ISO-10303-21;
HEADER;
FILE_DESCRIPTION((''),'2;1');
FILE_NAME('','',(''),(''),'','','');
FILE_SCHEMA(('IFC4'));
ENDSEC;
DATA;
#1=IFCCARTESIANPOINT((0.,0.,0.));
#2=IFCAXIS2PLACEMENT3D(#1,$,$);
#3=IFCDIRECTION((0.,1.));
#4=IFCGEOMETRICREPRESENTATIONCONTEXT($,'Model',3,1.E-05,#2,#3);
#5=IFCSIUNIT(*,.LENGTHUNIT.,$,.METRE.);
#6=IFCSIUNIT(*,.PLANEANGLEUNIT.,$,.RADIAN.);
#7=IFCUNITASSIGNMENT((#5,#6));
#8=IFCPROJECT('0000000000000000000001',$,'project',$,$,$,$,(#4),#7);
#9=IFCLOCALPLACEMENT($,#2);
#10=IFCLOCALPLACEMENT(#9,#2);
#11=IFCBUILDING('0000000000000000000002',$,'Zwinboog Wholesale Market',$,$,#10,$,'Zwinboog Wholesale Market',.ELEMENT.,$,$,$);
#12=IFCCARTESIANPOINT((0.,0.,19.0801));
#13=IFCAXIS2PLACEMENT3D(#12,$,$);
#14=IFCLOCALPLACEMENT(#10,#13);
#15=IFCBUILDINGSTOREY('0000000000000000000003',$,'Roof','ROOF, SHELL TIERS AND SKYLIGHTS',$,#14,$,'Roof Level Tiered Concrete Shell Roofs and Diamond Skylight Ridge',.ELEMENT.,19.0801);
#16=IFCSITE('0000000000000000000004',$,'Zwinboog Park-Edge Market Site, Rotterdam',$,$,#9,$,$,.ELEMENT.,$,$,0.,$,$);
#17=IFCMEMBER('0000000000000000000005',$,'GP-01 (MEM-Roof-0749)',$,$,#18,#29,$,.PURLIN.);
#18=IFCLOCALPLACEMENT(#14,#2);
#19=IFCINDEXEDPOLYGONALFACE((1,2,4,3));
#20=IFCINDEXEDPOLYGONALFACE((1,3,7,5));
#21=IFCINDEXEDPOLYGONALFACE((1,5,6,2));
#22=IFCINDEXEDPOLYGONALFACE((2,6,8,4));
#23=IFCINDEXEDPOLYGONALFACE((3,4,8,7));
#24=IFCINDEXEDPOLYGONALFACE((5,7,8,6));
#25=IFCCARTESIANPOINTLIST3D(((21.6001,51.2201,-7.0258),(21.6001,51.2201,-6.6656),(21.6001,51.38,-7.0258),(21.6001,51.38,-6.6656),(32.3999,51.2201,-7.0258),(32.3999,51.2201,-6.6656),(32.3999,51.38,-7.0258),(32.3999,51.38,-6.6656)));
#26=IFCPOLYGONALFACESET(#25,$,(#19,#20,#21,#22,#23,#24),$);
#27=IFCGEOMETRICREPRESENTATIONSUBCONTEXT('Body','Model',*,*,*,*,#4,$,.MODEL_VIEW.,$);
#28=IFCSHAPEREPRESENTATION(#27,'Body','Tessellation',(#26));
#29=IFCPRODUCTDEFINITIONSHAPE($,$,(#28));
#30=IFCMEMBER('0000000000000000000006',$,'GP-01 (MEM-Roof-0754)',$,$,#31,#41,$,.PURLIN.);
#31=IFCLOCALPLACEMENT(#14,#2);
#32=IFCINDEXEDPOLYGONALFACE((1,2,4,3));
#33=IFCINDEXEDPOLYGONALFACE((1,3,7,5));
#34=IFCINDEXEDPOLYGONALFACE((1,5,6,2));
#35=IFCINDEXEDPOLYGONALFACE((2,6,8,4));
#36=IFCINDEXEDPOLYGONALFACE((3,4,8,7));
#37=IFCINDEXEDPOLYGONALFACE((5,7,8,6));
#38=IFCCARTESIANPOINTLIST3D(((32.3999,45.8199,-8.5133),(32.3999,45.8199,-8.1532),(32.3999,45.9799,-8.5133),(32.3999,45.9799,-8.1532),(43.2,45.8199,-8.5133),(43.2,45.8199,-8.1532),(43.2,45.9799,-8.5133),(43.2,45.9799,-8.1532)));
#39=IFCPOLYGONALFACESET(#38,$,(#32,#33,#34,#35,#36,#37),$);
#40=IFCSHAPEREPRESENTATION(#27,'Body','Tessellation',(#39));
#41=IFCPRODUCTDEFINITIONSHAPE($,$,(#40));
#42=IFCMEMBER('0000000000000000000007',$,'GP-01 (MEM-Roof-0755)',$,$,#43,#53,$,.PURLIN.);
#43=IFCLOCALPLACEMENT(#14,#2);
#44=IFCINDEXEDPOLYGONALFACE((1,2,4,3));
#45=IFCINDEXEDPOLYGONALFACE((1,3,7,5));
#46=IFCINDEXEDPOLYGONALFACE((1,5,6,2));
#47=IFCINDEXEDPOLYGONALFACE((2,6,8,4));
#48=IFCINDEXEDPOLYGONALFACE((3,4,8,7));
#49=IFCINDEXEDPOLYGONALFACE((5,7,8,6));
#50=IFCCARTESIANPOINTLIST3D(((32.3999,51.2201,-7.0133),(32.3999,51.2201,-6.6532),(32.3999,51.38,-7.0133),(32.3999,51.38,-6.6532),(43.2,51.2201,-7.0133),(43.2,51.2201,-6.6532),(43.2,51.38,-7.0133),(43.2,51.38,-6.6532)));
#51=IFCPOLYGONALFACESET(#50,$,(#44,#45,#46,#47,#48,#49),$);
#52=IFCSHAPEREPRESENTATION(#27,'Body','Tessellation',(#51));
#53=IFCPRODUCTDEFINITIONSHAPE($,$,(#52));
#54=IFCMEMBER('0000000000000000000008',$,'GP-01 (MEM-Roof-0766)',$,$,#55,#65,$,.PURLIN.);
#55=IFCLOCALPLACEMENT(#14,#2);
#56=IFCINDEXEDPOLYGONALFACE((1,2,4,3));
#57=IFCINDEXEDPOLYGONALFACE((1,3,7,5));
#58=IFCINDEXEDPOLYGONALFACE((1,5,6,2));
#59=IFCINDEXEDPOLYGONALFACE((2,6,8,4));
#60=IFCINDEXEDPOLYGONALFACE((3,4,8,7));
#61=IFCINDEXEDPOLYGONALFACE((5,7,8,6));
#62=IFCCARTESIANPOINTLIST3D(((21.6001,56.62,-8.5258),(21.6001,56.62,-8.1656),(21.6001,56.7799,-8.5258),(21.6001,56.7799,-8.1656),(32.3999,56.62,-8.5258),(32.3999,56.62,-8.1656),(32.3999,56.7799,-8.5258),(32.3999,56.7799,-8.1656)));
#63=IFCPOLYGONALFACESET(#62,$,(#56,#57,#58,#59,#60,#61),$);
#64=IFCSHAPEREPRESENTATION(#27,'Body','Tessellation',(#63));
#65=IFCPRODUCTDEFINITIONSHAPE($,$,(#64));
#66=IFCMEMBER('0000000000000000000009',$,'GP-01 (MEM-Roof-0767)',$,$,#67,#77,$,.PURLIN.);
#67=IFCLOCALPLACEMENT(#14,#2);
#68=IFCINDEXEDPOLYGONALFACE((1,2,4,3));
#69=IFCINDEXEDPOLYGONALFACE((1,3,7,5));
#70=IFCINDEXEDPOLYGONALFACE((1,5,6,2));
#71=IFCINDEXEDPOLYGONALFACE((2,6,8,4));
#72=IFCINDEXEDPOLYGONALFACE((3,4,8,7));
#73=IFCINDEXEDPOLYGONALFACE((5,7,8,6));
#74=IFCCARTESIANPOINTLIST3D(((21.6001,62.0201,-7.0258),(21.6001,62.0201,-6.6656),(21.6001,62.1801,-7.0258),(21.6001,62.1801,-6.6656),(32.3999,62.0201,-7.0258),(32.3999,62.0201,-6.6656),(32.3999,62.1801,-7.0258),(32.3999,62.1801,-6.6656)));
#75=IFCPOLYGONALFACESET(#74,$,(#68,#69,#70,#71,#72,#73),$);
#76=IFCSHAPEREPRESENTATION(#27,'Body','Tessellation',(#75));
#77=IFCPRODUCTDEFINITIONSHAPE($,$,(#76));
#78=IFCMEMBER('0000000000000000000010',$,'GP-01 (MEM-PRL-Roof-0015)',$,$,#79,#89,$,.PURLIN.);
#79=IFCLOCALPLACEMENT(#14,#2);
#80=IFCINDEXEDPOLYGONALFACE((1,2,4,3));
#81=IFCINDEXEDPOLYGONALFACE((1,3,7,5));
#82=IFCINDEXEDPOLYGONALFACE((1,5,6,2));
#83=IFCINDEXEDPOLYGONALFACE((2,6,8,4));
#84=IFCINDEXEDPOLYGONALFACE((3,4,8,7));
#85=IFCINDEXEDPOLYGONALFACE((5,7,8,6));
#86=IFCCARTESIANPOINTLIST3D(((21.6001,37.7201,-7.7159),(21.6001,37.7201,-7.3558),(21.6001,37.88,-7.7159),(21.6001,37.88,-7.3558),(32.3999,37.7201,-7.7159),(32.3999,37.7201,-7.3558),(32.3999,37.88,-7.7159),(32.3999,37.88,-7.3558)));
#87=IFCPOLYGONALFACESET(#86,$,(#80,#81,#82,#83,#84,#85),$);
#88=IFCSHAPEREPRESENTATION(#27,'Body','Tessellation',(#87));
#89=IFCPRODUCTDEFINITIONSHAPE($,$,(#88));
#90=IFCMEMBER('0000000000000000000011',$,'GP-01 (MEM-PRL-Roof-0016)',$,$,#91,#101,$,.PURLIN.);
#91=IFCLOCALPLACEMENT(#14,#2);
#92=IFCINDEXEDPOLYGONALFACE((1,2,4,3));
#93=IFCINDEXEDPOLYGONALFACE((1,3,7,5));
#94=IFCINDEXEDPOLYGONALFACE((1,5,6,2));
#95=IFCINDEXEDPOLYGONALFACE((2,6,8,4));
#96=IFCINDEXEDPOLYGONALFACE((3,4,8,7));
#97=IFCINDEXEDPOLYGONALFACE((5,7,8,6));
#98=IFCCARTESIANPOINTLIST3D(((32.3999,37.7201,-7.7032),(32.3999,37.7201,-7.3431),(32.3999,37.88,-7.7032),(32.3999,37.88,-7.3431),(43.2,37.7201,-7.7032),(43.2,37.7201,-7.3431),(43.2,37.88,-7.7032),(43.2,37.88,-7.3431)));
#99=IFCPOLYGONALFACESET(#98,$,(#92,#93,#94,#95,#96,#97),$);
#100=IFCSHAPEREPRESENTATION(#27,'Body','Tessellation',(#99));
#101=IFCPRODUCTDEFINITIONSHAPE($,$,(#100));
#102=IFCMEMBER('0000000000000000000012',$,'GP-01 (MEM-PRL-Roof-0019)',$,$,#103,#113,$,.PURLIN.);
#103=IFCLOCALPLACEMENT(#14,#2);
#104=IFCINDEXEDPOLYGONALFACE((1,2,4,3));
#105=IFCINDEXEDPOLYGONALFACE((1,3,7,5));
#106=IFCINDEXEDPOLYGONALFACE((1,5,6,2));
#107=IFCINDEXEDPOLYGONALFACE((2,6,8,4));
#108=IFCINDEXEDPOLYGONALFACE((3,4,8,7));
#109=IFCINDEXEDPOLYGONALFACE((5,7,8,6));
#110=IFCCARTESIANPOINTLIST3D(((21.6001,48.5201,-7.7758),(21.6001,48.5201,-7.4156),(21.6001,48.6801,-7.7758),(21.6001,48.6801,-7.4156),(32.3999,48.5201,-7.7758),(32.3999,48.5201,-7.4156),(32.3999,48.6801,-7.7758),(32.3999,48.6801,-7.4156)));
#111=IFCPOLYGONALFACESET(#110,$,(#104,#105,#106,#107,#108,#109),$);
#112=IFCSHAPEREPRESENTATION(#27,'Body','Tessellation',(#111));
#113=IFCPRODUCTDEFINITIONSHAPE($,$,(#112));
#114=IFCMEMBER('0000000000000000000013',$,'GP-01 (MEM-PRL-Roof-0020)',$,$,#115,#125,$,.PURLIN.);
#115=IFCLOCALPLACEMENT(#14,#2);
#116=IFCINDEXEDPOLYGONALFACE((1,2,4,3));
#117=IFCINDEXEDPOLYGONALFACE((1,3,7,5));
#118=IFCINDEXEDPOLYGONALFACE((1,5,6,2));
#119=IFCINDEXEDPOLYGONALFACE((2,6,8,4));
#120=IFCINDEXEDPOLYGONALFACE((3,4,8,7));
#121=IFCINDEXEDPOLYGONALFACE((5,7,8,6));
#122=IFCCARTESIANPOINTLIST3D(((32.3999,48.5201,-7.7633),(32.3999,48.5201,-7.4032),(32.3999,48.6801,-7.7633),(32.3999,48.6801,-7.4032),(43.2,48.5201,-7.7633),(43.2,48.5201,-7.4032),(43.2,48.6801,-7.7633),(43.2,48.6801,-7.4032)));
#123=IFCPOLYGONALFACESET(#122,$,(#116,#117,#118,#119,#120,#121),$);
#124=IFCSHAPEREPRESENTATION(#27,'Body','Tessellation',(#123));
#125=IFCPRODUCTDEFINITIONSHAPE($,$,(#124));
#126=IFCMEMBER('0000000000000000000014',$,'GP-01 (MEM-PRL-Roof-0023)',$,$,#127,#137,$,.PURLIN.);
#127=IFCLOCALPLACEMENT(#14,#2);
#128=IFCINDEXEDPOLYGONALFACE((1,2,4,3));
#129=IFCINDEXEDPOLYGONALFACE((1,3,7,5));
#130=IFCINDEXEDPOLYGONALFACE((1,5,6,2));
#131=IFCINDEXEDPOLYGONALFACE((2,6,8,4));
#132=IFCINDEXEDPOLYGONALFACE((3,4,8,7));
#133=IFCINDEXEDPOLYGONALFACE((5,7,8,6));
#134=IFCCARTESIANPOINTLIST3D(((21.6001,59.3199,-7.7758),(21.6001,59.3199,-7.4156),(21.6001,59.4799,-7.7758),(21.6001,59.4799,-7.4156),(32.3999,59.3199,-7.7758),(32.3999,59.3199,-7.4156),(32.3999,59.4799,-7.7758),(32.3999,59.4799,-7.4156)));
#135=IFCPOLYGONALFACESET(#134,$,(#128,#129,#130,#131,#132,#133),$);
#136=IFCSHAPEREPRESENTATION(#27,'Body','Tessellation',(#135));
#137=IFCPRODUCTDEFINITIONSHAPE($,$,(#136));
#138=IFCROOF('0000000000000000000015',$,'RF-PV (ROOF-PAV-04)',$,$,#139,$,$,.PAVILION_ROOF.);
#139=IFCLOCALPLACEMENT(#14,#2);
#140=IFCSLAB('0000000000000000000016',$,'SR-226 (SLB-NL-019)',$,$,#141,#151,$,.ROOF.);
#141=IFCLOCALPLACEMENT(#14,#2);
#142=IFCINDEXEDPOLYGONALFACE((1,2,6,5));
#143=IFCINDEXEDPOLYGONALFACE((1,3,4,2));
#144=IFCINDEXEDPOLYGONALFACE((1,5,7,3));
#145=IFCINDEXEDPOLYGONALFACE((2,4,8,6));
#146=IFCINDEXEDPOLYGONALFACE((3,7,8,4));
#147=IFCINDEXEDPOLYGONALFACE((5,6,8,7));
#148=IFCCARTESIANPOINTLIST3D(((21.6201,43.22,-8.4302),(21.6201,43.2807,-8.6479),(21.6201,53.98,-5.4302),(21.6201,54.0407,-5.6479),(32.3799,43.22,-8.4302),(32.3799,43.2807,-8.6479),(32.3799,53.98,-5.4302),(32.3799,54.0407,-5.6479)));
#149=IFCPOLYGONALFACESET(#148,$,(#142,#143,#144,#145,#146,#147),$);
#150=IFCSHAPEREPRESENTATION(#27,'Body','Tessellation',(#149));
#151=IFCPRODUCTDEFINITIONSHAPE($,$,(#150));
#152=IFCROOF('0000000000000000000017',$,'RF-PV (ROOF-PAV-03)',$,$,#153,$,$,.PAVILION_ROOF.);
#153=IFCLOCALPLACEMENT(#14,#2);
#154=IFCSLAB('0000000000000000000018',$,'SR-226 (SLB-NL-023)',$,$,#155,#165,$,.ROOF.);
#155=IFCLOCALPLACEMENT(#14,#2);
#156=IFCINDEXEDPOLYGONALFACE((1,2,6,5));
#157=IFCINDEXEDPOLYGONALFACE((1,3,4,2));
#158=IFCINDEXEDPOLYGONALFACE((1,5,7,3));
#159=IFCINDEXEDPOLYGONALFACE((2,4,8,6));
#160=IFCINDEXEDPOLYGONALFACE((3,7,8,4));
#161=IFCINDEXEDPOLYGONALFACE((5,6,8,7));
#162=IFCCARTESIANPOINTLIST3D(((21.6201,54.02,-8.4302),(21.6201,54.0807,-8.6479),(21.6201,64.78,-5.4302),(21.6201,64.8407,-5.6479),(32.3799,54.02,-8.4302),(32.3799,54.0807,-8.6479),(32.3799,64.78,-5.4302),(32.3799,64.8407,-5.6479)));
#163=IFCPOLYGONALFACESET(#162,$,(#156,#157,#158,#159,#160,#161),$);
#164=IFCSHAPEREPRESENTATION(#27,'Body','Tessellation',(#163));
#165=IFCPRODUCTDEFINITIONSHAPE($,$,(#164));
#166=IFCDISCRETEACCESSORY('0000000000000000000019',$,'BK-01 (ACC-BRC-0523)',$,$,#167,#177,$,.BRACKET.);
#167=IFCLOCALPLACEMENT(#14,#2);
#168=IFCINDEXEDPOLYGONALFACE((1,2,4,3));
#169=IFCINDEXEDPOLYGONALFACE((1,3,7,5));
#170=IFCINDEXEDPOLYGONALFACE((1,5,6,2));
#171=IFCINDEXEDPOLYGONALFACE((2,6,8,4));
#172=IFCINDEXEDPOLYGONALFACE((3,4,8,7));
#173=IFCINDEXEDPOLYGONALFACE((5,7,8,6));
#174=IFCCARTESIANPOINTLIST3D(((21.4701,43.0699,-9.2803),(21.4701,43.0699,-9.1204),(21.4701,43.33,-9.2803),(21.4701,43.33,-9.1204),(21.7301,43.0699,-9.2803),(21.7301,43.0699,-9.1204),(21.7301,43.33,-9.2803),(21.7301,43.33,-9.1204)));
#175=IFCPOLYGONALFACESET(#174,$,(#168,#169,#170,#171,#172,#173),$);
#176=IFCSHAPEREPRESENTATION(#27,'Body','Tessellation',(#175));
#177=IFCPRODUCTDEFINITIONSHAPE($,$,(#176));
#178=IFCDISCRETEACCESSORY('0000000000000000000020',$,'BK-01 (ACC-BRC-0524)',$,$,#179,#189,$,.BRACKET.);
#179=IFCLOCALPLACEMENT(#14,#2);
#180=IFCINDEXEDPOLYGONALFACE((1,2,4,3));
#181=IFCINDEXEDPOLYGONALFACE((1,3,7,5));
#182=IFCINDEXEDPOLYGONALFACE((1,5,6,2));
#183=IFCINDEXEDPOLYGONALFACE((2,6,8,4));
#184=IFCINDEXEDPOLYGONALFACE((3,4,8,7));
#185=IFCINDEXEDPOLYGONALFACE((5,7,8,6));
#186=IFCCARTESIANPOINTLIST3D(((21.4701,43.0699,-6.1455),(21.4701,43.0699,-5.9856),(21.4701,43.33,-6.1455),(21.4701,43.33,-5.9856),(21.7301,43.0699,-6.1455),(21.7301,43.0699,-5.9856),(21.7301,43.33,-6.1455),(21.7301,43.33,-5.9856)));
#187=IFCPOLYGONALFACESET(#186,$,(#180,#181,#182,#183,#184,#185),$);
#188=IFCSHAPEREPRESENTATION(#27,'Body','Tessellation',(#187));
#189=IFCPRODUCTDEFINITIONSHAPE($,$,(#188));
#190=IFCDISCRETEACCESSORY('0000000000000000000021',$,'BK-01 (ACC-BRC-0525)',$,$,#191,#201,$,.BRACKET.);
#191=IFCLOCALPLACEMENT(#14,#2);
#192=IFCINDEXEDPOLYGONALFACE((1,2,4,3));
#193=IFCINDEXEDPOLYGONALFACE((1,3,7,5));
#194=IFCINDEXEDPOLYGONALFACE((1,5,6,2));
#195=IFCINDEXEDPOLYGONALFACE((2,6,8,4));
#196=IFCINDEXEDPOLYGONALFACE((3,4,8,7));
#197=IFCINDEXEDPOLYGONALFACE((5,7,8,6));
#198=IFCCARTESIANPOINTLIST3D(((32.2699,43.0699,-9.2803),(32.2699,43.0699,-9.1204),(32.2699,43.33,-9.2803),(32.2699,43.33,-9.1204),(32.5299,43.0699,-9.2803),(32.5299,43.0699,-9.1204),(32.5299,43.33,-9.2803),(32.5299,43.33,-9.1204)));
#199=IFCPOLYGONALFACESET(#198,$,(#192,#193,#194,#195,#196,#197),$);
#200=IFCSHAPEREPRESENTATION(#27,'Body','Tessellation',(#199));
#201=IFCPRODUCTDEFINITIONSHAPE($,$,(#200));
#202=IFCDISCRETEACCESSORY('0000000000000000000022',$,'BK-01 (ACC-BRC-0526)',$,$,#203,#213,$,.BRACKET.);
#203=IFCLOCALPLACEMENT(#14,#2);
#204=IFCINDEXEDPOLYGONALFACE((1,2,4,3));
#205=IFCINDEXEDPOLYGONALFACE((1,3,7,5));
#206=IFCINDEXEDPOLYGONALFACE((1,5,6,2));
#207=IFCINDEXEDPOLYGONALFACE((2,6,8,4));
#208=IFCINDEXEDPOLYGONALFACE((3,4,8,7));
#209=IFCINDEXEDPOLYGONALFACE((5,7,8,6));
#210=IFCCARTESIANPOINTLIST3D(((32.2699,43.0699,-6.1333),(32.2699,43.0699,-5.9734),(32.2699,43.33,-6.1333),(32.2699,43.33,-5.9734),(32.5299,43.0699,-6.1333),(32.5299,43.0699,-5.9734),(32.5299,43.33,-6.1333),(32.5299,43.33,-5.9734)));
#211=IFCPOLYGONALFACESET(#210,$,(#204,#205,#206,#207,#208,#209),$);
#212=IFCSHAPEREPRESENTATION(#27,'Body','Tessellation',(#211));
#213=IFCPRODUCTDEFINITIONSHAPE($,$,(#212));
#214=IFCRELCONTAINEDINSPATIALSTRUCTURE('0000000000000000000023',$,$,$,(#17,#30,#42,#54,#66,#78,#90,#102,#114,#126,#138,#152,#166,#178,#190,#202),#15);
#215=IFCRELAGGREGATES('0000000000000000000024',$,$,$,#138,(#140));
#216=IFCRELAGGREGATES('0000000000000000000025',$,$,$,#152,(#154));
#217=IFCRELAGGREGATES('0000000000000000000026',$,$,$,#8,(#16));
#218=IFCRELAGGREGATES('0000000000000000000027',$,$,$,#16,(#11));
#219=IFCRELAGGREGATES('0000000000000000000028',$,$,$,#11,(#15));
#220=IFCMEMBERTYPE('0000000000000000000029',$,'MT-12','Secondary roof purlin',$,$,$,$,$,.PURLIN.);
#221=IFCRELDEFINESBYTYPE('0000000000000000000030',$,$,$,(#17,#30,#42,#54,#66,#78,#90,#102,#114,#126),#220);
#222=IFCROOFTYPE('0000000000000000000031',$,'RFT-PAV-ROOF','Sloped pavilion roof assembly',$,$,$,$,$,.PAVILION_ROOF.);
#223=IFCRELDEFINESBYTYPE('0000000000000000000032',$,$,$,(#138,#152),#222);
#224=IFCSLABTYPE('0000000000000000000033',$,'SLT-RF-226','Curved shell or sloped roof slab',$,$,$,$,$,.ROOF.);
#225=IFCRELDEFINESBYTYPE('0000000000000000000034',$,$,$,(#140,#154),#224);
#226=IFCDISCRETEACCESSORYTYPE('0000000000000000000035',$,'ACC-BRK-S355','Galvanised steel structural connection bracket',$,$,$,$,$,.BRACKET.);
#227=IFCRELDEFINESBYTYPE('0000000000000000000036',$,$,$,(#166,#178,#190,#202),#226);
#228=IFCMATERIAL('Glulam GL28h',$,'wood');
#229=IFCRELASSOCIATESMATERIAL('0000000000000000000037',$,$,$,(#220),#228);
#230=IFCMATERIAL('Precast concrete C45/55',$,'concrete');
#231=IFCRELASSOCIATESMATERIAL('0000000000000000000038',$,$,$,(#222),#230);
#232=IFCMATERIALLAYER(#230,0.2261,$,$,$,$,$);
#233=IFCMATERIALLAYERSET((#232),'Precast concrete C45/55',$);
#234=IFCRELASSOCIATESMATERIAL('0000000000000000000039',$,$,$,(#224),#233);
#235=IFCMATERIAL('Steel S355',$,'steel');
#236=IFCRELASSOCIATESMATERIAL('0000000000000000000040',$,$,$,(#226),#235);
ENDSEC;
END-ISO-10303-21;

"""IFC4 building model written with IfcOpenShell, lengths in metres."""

from ifc_helpers import new_model, si_unit, direction, frame, origin, origin_2d, place, context, subcontext, project, spatial, polyline, rectangle, outline, extrude, material, layer, layer_set, material_profile, profile_set, type_object, element, aggregate, save


model = new_model("IFC4")

# Units and contexts
model_context = context("Model", 3, precision=1e-05, world=origin(), true_north=direction((0.0, 1.0)))
body_context = subcontext(model_context, "Body", "Model", "MODEL_VIEW")
ifc_project = project(units=[si_unit("LENGTHUNIT", "METRE"), si_unit("PLANEANGLEUNIT", "RADIAN")], contexts=[model_context])

# Site, building, storey
site_placement = place(None, origin())
site = spatial("IfcSite", under=ifc_project, at=site_placement, Name="Zwinboog Park-Edge Market Site, Rotterdam", CompositionType="ELEMENT", RefElevation=0.0)
building_placement = place(site_placement, origin())
building = spatial("IfcBuilding", under=site, at=building_placement, Name="Zwinboog Wholesale Market", LongName="Zwinboog Wholesale Market", CompositionType="ELEMENT")
storey_placement = place(building_placement, frame((0.0, 0.0, 19.0801)))
storey = spatial("IfcBuildingStorey", under=building, at=storey_placement, Name="Roof", Description="ROOF, SHELL TIERS AND SKYLIGHTS", LongName="Roof Level Tiered Concrete Shell Roofs and Diamond Skylight Ridge", CompositionType="ELEMENT", Elevation=19.0801)

# Shared definitions
ifc_material_1 = material(Name="Precast concrete C45/55", Category="concrete")

# Members
ifc_material_2 = material(Name="Steel S355", Category="steel")
ifc_material_3 = material(Name="Glulam GL28h", Category="wood")
ifc_material_profile_1 = material_profile(ifc_material_3, rectangle(XDim=0.1599, YDim=0.3601, at=origin_2d()), Name="GL28h 160x360")
ifc_profile_set_1 = profile_set([ifc_material_profile_1], Name="Glulam GL28h")
member_type_1 = type_object("IfcMemberType", Name="MT-12", Description="Secondary roof purlin", PredefinedType="PURLIN", material=ifc_profile_set_1)
for number, where, z_axis, x_axis, name in (
    (1, (21.6001, 51.3, -6.8457), (1.0, 0.0, 0.0), (0.0, 1.0, 0.0), "GP-01 (MEM-Roof-0749)"),
):
    element("IfcMember", number, at=place(storey_placement, frame(where, z_axis=z_axis, x_axis=x_axis)), inside=storey, type_object=member_type_1, Name=name, PredefinedType="PURLIN", context=body_context, shape_type="SweptSolid", body=[
        extrude(rectangle(XDim=0.1599, YDim=0.3601, at=origin_2d()), origin(), (0.0, 0.0, 1.0), 10.7998),
    ])
for number, where, z_axis, x_axis, name in (
    (2, (32.3999, 45.8999, -8.3333), (1.0, 0.0, 0.0), (0.0, 1.0, 0.0), "GP-01 (MEM-Roof-0754)"),
    (3, (32.3999, 51.3, -6.8333), (1.0, 0.0, 0.0), (0.0, 1.0, 0.0), "GP-01 (MEM-Roof-0755)"),
):
    element("IfcMember", number, at=place(storey_placement, frame(where, z_axis=z_axis, x_axis=x_axis)), inside=storey, type_object=member_type_1, Name=name, PredefinedType="PURLIN", context=body_context, shape_type="SweptSolid", body=[
        extrude(rectangle(XDim=0.1599, YDim=0.3601, at=origin_2d()), origin(), (0.0, 0.0, 1.0), 10.8),
    ])
for number, where, z_axis, x_axis, name in (
    (4, (21.6001, 56.7, -8.3457), (1.0, 0.0, 0.0), (0.0, 1.0, 0.0), "GP-01 (MEM-Roof-0766)"),
    (5, (21.6001, 62.1001, -6.8457), (1.0, 0.0, 0.0), (0.0, 1.0, 0.0), "GP-01 (MEM-Roof-0767)"),
    (6, (21.6001, 37.8, -7.5359), (1.0, 0.0, 0.0), (0.0, 1.0, 0.0), "GP-01 (MEM-PRL-Roof-0015)"),
):
    element("IfcMember", number, at=place(storey_placement, frame(where, z_axis=z_axis, x_axis=x_axis)), inside=storey, type_object=member_type_1, Name=name, PredefinedType="PURLIN", context=body_context, shape_type="SweptSolid", body=[
        extrude(rectangle(XDim=0.1599, YDim=0.3601, at=origin_2d()), origin(), (0.0, 0.0, 1.0), 10.7998),
    ])
member_1_placement = place(storey_placement, frame((32.3999, 37.8, -7.5232), z_axis=(1.0, 0.0, 0.0), x_axis=(0.0, 1.0, 0.0)))
element("IfcMember", 7, at=member_1_placement, inside=storey, type_object=member_type_1, Name="GP-01 (MEM-PRL-Roof-0016)", PredefinedType="PURLIN", context=body_context, shape_type="SweptSolid", body=[
    extrude(rectangle(XDim=0.1599, YDim=0.3601, at=origin_2d()), origin(), (0.0, 0.0, 1.0), 10.8),
])
member_2_placement = place(storey_placement, frame((21.6001, 48.6001, -7.5957), z_axis=(1.0, 0.0, 0.0), x_axis=(0.0, 1.0, 0.0)))
element("IfcMember", 8, at=member_2_placement, inside=storey, type_object=member_type_1, Name="GP-01 (MEM-PRL-Roof-0019)", PredefinedType="PURLIN", context=body_context, shape_type="SweptSolid", body=[
    extrude(rectangle(XDim=0.1599, YDim=0.3601, at=origin_2d()), origin(), (0.0, 0.0, 1.0), 10.7998),
])
member_3_placement = place(storey_placement, frame((32.3999, 48.6001, -7.5833), z_axis=(1.0, 0.0, 0.0), x_axis=(0.0, 1.0, 0.0)))
element("IfcMember", 9, at=member_3_placement, inside=storey, type_object=member_type_1, Name="GP-01 (MEM-PRL-Roof-0020)", PredefinedType="PURLIN", context=body_context, shape_type="SweptSolid", body=[
    extrude(rectangle(XDim=0.1599, YDim=0.3601, at=origin_2d()), origin(), (0.0, 0.0, 1.0), 10.8),
])
member_4_placement = place(storey_placement, frame((21.6001, 59.3999, -7.5957), z_axis=(1.0, 0.0, 0.0), x_axis=(0.0, 1.0, 0.0)))
element("IfcMember", 10, at=member_4_placement, inside=storey, type_object=member_type_1, Name="GP-01 (MEM-PRL-Roof-0023)", PredefinedType="PURLIN", context=body_context, shape_type="SweptSolid", body=[
    extrude(rectangle(XDim=0.1599, YDim=0.3601, at=origin_2d()), origin(), (0.0, 0.0, 1.0), 10.7998),
])

# Roofs, slabs
roof_type = type_object("IfcRoofType", Name="RFT-PAV-ROOF", Description="Sloped pavilion roof assembly", PredefinedType="PAVILION_ROOF", material=ifc_material_1)
roof_1_placement = place(storey_placement, origin())
roof_1 = element("IfcRoof", 11, at=roof_1_placement, inside=storey, type_object=roof_type, Name="RF-PV (ROOF-PAV-04)", PredefinedType="PAVILION_ROOF")
ifc_layer = layer(ifc_material_1, 0.2261)
ifc_layer_set = layer_set([ifc_layer], Name="Precast concrete C45/55")
slab_type = type_object("IfcSlabType", Name="SLT-RF-226", Description="Curved shell or sloped roof slab", PredefinedType="ROOF", material=ifc_layer_set)
slab_1_placement = place(storey_placement, frame((21.6201, 43.22, -8.4302), z_axis=(0.0, -0.268567, 0.963261), x_axis=(1.0, 0.0, 0.0)))
slab_1 = element("IfcSlab", 12, at=slab_1_placement, type_object=slab_type, Name="SR-226 (SLB-NL-019)", PredefinedType="ROOF", context=body_context, shape_type="SweptSolid", body=[
    extrude(outline(polyline([(0.0, 0.0), (10.7598, 0.0), (10.7598, 11.1704), (0.0, 11.1704), (0.0, 0.0)])), origin(), (0.0, 0.0, -1.0), 0.2261),
])
aggregate(roof_1, [slab_1])
roof_2_placement = place(storey_placement, origin())
roof_2 = element("IfcRoof", 13, at=roof_2_placement, inside=storey, type_object=roof_type, Name="RF-PV (ROOF-PAV-03)", PredefinedType="PAVILION_ROOF")
slab_2_placement = place(storey_placement, frame((21.6201, 54.02, -8.4302), z_axis=(0.0, -0.268567, 0.963261), x_axis=(1.0, 0.0, 0.0)))
slab_2 = element("IfcSlab", 14, at=slab_2_placement, type_object=slab_type, Name="SR-226 (SLB-NL-023)", PredefinedType="ROOF", context=body_context, shape_type="SweptSolid", body=[
    extrude(outline(polyline([(0.0, 0.0), (10.7598, 0.0), (10.7598, 11.1704), (0.0, 11.1704), (0.0, 0.0)])), origin(), (0.0, 0.0, -1.0), 0.2261),
])
aggregate(roof_2, [slab_2])

# Discrete accessories
discrete_accessory_type = type_object("IfcDiscreteAccessoryType", Name="ACC-BRK-S355", Description="Galvanised steel structural connection bracket", PredefinedType="BRACKET", material=ifc_material_2)
for number, where, z_axis, x_axis, name in (
    (15, (21.6001, 43.2, -9.2803), (0.0, 0.0, 1.0), (1.0, 0.0, 0.0), "BK-01 (ACC-BRC-0523)"),
    (16, (21.6001, 43.2, -6.1455), (0.0, 0.0, 1.0), (1.0, 0.0, 0.0), "BK-01 (ACC-BRC-0524)"),
    (17, (32.3999, 43.2, -9.2803), (0.0, 0.0, 1.0), (1.0, 0.0, 0.0), "BK-01 (ACC-BRC-0525)"),
    (18, (32.3999, 43.2, -6.1333), (0.0, 0.0, 1.0), (1.0, 0.0, 0.0), "BK-01 (ACC-BRC-0526)"),
):
    element("IfcDiscreteAccessory", number, at=place(storey_placement, frame(where, z_axis=z_axis, x_axis=x_axis)), inside=storey, type_object=discrete_accessory_type, Name=name, PredefinedType="BRACKET", context=body_context, shape_type="SweptSolid", body=[
        extrude(rectangle(XDim=0.26, YDim=0.26, at=origin_2d()), origin(), (0.0, 0.0, 1.0), 0.1599),
    ])

save(model, "model.ifc")
